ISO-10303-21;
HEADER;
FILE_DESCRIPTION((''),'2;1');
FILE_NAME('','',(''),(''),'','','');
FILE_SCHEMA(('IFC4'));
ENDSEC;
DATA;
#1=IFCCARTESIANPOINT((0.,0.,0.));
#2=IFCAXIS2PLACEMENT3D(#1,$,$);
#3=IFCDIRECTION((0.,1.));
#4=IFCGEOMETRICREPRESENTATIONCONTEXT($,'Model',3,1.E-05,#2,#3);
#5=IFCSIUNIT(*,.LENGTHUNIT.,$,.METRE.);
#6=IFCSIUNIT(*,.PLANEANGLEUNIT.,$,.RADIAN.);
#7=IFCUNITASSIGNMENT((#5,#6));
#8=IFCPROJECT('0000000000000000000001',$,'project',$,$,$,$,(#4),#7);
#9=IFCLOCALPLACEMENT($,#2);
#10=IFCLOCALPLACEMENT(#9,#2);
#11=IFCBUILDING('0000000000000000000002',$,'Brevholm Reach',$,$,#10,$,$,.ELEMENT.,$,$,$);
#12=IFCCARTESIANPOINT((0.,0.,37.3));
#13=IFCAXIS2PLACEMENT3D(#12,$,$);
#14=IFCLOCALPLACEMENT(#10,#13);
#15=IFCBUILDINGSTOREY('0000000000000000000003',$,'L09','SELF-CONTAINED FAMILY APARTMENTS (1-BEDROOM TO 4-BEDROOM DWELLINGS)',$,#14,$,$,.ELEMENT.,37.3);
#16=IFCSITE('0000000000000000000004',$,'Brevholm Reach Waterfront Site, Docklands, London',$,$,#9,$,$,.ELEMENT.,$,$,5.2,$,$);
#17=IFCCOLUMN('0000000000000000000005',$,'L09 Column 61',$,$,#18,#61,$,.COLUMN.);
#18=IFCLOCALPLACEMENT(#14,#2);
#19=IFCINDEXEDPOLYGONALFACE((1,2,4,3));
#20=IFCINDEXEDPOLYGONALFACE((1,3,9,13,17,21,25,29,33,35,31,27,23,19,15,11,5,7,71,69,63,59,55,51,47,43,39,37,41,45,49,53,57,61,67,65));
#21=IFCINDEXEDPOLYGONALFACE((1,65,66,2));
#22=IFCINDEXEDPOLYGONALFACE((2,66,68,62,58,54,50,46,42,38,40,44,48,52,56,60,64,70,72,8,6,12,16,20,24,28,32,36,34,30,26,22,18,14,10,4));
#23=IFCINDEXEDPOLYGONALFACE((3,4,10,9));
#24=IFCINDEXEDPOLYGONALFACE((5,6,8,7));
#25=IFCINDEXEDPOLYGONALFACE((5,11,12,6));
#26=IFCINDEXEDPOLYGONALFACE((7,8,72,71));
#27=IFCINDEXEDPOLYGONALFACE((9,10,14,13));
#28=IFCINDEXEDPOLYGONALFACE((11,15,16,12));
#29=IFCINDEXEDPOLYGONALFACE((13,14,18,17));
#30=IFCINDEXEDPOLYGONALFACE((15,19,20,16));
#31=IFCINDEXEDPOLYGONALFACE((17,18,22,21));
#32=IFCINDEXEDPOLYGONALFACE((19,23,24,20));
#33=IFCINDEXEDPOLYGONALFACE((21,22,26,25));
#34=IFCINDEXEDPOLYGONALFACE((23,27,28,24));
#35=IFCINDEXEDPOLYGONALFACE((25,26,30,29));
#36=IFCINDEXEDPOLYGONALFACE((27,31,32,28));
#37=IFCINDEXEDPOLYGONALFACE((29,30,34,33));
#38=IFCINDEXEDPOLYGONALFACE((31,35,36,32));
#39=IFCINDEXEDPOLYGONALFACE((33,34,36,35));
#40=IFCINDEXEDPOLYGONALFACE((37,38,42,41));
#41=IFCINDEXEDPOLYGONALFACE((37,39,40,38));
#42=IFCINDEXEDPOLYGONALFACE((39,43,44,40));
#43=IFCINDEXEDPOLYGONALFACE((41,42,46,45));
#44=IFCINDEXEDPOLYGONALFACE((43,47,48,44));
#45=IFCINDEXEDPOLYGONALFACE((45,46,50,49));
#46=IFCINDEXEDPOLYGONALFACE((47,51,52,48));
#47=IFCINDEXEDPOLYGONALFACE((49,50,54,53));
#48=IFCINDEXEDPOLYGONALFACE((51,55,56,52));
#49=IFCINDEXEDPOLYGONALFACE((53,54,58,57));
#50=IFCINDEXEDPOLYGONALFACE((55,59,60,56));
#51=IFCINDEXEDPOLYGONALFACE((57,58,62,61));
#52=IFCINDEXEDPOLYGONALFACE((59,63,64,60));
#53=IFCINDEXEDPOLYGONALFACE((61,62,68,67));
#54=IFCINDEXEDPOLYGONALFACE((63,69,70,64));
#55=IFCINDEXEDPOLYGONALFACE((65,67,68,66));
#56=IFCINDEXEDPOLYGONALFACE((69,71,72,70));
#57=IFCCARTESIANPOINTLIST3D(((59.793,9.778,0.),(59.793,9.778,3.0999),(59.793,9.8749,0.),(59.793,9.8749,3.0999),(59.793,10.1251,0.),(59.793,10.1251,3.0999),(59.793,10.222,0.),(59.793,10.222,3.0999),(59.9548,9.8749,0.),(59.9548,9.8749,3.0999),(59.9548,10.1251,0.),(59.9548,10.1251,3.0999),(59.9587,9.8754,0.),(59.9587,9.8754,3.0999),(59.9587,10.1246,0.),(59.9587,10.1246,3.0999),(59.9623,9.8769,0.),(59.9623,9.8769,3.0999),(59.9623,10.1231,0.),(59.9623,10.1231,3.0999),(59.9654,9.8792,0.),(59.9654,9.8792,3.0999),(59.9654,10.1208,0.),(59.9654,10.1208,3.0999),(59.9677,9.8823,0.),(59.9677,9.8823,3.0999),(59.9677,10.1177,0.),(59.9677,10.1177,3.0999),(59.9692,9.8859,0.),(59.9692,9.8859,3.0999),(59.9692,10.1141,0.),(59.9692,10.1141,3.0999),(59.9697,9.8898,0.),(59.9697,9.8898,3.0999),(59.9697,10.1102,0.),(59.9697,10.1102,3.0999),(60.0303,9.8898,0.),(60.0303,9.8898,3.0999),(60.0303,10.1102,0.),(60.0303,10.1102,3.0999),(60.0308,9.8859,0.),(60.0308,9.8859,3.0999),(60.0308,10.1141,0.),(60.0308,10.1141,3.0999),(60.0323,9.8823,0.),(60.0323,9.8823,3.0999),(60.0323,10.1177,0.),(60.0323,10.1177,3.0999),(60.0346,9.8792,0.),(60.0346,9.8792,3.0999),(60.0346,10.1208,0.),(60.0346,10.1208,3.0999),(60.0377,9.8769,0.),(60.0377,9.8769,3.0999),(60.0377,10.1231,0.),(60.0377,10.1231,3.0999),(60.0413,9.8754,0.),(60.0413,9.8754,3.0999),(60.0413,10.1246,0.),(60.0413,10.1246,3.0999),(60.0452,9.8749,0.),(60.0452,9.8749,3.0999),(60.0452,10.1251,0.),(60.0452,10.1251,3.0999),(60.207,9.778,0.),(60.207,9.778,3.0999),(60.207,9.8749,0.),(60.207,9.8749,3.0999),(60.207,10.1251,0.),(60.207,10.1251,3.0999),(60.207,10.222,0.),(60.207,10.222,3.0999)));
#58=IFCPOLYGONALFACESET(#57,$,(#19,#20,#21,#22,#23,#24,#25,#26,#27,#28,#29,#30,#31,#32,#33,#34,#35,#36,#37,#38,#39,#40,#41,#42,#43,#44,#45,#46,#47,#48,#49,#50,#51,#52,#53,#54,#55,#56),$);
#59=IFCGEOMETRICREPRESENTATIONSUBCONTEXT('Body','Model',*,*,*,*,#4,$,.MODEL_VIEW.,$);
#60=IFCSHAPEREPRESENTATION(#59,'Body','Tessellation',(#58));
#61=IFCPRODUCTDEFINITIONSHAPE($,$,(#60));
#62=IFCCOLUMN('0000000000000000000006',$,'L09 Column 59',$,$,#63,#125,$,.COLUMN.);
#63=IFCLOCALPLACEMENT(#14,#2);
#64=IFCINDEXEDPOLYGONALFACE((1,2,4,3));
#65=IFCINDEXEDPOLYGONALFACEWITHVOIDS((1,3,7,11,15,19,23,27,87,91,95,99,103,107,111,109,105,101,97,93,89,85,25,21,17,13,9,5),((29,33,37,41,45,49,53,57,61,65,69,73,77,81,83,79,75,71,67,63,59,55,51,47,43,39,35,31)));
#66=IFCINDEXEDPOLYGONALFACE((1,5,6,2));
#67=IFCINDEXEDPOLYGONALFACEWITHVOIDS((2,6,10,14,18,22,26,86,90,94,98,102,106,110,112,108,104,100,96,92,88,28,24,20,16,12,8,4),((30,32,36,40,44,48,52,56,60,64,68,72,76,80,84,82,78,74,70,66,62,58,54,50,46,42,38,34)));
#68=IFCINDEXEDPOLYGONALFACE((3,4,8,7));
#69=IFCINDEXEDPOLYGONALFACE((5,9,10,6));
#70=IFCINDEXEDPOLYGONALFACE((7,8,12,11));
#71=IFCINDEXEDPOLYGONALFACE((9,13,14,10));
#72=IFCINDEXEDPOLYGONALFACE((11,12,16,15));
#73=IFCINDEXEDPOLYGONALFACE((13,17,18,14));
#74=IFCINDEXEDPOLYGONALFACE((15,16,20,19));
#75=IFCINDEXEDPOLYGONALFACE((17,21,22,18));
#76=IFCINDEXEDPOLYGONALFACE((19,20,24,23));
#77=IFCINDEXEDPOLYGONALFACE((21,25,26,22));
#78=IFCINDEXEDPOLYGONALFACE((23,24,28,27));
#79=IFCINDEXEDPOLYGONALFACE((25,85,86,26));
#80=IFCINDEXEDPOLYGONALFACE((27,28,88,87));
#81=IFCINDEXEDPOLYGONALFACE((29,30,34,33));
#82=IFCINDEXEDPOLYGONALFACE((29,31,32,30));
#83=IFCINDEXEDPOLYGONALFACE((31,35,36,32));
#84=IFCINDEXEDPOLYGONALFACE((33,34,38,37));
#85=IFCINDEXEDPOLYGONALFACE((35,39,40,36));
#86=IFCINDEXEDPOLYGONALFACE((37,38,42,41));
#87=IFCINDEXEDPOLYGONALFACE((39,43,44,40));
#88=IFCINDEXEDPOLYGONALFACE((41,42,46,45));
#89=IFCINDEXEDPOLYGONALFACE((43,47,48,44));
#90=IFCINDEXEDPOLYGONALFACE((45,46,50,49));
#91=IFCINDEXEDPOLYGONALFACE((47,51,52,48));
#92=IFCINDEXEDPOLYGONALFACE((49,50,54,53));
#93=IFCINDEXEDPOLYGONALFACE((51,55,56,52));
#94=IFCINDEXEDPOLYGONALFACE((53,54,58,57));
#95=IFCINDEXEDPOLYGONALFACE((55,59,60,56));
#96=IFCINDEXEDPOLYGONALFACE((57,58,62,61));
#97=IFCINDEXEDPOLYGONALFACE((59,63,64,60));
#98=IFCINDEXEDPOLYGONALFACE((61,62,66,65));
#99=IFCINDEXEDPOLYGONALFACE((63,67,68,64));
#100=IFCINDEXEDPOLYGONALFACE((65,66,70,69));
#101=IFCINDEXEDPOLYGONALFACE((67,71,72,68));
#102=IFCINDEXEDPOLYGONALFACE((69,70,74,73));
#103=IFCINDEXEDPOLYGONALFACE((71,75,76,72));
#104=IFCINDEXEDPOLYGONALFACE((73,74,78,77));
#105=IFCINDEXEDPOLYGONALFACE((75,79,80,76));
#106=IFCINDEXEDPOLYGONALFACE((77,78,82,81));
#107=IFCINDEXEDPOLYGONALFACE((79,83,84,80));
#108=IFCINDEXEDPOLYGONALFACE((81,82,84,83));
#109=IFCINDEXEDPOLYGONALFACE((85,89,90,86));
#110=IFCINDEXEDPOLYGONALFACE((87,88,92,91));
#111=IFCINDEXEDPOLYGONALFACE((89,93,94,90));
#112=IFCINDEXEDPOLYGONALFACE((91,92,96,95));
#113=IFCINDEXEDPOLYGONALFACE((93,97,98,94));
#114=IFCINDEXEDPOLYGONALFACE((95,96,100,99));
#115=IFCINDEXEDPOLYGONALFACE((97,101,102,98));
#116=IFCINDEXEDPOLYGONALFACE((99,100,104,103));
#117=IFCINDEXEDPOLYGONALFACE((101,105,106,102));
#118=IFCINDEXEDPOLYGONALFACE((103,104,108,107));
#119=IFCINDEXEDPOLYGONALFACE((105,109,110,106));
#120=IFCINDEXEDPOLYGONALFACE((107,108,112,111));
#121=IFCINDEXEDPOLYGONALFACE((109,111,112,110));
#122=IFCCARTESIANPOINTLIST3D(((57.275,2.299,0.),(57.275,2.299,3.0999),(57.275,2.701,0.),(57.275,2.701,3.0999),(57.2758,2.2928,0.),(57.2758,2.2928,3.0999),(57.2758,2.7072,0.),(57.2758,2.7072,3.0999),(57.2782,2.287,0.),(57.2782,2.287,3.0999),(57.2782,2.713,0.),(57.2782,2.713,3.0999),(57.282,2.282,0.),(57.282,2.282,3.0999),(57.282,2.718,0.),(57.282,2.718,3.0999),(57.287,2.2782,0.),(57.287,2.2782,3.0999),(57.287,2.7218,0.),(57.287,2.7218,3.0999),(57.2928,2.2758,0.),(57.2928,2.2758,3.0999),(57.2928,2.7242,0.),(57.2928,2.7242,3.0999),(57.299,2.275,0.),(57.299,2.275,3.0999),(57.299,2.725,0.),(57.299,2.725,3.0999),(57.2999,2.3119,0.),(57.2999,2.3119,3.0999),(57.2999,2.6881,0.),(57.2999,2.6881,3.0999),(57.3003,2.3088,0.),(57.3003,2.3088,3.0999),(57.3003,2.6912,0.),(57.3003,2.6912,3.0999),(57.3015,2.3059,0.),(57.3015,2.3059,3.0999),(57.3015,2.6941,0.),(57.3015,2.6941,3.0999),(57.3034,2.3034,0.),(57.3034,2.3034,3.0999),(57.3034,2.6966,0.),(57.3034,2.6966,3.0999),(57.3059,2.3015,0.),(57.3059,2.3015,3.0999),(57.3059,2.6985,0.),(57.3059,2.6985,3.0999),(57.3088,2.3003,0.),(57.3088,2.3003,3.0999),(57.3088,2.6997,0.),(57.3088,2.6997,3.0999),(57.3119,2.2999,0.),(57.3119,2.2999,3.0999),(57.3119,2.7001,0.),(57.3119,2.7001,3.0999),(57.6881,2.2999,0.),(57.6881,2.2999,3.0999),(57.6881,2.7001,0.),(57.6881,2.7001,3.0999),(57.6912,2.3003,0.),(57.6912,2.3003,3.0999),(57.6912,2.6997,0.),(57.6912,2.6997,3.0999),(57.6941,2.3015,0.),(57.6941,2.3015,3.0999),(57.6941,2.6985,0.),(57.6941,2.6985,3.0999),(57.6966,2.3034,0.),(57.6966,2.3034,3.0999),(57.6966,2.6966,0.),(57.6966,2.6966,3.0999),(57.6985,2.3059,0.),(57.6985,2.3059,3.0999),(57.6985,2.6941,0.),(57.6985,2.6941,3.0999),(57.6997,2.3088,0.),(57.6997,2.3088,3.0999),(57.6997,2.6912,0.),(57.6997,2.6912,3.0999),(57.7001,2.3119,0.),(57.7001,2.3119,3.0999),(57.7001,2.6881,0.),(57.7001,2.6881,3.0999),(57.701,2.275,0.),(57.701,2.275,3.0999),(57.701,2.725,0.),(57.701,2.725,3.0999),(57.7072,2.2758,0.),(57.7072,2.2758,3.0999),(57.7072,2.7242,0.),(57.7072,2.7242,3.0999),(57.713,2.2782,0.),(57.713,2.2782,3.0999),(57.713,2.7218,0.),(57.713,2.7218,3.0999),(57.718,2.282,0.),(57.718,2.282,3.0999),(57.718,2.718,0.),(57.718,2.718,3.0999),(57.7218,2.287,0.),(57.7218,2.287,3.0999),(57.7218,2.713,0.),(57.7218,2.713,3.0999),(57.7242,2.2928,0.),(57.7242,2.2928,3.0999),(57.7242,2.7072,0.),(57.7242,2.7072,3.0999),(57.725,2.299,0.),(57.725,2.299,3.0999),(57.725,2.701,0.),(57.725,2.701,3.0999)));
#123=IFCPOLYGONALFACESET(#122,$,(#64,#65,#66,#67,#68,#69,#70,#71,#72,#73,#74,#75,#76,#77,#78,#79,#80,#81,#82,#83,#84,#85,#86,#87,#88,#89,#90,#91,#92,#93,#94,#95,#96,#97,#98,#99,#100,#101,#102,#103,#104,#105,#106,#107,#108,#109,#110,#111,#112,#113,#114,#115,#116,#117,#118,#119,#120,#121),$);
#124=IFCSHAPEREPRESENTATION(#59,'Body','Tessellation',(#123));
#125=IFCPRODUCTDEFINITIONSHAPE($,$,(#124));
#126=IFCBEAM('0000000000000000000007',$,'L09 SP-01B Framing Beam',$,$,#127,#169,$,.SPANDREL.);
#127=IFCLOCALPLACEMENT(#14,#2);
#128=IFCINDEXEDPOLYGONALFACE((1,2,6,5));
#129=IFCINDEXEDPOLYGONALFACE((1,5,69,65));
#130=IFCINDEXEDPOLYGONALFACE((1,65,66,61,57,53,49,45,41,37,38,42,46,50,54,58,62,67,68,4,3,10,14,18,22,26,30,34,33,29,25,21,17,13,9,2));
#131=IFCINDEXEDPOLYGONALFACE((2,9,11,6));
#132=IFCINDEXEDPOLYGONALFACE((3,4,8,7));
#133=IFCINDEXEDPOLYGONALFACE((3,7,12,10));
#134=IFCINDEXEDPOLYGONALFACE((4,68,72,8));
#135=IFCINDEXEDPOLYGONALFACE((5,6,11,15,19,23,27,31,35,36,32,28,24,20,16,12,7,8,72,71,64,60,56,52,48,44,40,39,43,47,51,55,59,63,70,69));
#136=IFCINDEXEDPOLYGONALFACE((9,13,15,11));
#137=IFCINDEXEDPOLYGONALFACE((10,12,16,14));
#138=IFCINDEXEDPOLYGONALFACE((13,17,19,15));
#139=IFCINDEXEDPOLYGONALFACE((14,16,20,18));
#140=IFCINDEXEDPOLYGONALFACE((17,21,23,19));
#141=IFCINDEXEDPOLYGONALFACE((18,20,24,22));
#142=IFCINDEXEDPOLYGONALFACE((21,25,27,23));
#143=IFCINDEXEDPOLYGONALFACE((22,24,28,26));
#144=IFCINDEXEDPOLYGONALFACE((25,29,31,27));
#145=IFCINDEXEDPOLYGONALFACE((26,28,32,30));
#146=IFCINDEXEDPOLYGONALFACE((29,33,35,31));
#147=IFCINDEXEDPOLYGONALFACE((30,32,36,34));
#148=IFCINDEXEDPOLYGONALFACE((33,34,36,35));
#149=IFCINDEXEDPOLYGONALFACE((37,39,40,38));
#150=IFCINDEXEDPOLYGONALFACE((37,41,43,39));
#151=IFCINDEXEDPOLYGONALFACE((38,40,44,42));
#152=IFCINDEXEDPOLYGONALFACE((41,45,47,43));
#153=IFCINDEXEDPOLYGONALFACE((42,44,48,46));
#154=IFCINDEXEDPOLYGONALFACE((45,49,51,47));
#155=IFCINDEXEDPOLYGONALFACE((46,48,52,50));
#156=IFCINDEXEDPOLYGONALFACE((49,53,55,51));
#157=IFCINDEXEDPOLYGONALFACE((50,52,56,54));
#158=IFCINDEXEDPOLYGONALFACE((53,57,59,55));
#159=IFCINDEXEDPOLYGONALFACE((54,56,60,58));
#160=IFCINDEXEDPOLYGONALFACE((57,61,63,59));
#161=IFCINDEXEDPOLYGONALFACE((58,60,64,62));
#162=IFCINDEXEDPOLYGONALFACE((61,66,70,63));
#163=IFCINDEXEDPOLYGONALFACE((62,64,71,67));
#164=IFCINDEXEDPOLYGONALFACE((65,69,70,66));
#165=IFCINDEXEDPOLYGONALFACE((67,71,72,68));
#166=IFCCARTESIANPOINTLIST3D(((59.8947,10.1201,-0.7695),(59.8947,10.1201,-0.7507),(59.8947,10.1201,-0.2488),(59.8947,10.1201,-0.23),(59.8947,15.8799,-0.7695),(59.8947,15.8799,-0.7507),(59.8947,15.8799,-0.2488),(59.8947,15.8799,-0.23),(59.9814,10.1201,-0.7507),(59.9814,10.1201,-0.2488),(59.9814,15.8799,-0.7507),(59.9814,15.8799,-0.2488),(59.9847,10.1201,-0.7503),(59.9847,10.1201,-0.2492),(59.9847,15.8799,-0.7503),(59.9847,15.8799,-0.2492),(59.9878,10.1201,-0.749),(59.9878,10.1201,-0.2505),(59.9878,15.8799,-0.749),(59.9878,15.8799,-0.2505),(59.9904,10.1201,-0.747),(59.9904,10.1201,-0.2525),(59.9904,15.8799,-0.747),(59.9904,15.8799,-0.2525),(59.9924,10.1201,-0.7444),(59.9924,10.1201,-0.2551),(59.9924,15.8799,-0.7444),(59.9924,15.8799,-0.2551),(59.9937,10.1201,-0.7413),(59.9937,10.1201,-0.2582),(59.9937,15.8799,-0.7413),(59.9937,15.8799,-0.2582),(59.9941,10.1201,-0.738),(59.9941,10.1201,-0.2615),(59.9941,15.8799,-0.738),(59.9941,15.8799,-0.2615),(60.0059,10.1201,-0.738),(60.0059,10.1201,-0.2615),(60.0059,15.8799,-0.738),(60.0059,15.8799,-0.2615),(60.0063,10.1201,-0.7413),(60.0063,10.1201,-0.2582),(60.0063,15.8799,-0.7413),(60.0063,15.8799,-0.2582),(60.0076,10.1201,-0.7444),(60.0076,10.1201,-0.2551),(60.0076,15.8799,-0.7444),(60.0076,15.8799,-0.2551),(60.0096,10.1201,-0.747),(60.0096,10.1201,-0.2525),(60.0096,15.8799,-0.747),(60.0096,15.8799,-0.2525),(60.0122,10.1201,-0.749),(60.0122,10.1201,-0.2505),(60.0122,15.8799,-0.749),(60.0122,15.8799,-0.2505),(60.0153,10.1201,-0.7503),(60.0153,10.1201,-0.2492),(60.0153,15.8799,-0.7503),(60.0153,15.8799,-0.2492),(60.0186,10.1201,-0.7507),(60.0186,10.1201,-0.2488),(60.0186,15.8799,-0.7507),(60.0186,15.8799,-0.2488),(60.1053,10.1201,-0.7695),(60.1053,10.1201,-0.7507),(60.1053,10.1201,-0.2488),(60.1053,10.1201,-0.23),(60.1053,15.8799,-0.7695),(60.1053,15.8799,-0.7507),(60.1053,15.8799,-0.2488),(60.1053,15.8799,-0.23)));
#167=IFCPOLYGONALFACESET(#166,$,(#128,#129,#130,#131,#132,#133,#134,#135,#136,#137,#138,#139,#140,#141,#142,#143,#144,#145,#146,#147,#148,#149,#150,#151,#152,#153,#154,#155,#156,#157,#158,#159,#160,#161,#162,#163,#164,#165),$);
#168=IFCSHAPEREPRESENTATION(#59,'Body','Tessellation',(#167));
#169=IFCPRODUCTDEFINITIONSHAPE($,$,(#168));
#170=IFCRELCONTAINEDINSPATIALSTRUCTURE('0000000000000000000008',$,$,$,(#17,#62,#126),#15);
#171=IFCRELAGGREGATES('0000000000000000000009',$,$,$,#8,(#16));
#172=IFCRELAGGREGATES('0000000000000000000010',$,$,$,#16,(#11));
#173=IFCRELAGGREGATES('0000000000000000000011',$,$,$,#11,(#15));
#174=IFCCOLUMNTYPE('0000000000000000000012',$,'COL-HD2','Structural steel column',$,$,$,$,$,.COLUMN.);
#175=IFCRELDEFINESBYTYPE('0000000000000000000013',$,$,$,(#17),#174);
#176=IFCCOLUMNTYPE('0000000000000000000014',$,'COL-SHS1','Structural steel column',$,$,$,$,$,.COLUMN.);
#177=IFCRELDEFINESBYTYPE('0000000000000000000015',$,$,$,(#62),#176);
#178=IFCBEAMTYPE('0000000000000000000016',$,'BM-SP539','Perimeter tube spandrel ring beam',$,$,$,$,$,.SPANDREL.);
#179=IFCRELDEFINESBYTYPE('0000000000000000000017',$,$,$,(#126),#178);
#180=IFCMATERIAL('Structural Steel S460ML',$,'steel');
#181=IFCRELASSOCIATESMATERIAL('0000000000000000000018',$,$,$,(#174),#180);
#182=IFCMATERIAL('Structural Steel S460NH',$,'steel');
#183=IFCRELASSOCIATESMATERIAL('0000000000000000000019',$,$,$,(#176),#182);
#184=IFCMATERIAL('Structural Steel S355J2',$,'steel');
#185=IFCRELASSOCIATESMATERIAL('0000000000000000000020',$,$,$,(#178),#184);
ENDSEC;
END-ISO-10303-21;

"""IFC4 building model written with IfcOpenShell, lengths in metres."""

from ifc_helpers import new_model, si_unit, direction, frame, origin, origin_2d, place, context, subcontext, project, spatial, hollow_rectangle, i_section, extrude, material, material_profile, profile_set, type_object, element, save


model = new_model("IFC4")

# Units and contexts
model_context = context("Model", 3, precision=1e-05, world=origin(), true_north=direction((0.0, 1.0)))
body_context = subcontext(model_context, "Body", "Model", "MODEL_VIEW")
ifc_project = project(units=[si_unit("LENGTHUNIT", "METRE"), si_unit("PLANEANGLEUNIT", "RADIAN")], contexts=[model_context])

# Site, building, storey
site_placement = place(None, origin())
site = spatial("IfcSite", under=ifc_project, at=site_placement, Name="Brevholm Reach Waterfront Site, Docklands, London", CompositionType="ELEMENT", RefElevation=5.2)
building_placement = place(site_placement, origin())
building = spatial("IfcBuilding", under=site, at=building_placement, Name="Brevholm Reach", CompositionType="ELEMENT")
storey_placement = place(building_placement, frame((0.0, 0.0, 37.3)))
storey = spatial("IfcBuildingStorey", under=building, at=storey_placement, Name="L09", Description="SELF-CONTAINED FAMILY APARTMENTS (1-BEDROOM TO 4-BEDROOM DWELLINGS)", CompositionType="ELEMENT", Elevation=37.3)

# Columns
ifc_material_1 = material(Name="Structural Steel S460ML", Category="steel")
ifc_material_profile_1 = material_profile(ifc_material_1, i_section(OverallWidth=0.4141, OverallDepth=0.4441, WebThickness=0.0605, FlangeThickness=0.0969, FilletRadius=0.0149, at=origin_2d()), Name="HD 400x818")
ifc_profile_set_1 = profile_set([ifc_material_profile_1], Name="Structural Steel S460ML")
column_type_1 = type_object("IfcColumnType", Name="COL-HD2", Description="Structural steel column", PredefinedType="COLUMN", material=ifc_profile_set_1)
column_1_placement = place(storey_placement, frame((60.0, 10.0, 0.0), z_axis=(0.0, 0.0, 1.0), x_axis=(1.0, 0.0, 0.0)))
element("IfcColumn", 1, at=column_1_placement, inside=storey, type_object=column_type_1, Name="L09 Column 61", PredefinedType="COLUMN", context=body_context, shape_type="SweptSolid", body=[
    extrude(i_section(OverallWidth=0.4141, OverallDepth=0.4441, WebThickness=0.0605, FlangeThickness=0.0969, FilletRadius=0.0149, at=origin_2d()), origin(), (0.0, 0.0, 1.0), 3.0999),
])
ifc_material_2 = material(Name="Structural Steel S460NH", Category="steel")
ifc_material_profile_2 = material_profile(ifc_material_2, hollow_rectangle(XDim=0.45, YDim=0.45, WallThickness=0.0249, InnerFilletRadius=0.012, OuterFilletRadius=0.0239, at=origin_2d()), Name="SHS 450x450x25")
ifc_profile_set_2 = profile_set([ifc_material_profile_2], Name="Structural Steel S460NH")
column_type_2 = type_object("IfcColumnType", Name="COL-SHS1", Description="Structural steel column", PredefinedType="COLUMN", material=ifc_profile_set_2)
column_2_placement = place(storey_placement, frame((57.5, 2.5, 0.0), z_axis=(0.0, 0.0, 1.0), x_axis=(1.0, 0.0, 0.0)))
element("IfcColumn", 2, at=column_2_placement, inside=storey, type_object=column_type_2, Name="L09 Column 59", PredefinedType="COLUMN", context=body_context, shape_type="SweptSolid", body=[
    extrude(hollow_rectangle(XDim=0.45, YDim=0.45, WallThickness=0.0249, InnerFilletRadius=0.012, OuterFilletRadius=0.0239, at=origin_2d()), origin(), (0.0, 0.0, 1.0), 3.0999),
])

# Beam
ifc_material_3 = material(Name="Structural Steel S355J2", Category="steel")
ifc_material_profile_3 = material_profile(ifc_material_3, i_section(OverallWidth=0.2107, OverallDepth=0.5396, WebThickness=0.0117, FlangeThickness=0.0188, FilletRadius=0.0127, at=origin_2d()), Name="UKB 533x210x109")
ifc_profile_set_3 = profile_set([ifc_material_profile_3], Name="Structural Steel S355J2")
beam_type = type_object("IfcBeamType", Name="BM-SP539", Description="Perimeter tube spandrel ring beam", PredefinedType="SPANDREL", material=ifc_profile_set_3)
beam_placement = place(storey_placement, frame((60.0, 10.1201, -0.4998), z_axis=(0.0, 1.0, 0.0), x_axis=(-1.0, 0.0, 0.0)))
element("IfcBeam", 3, at=beam_placement, inside=storey, type_object=beam_type, Name="L09 SP-01B Framing Beam", PredefinedType="SPANDREL", context=body_context, shape_type="SweptSolid", body=[
    extrude(i_section(OverallWidth=0.2107, OverallDepth=0.5396, WebThickness=0.0117, FlangeThickness=0.0188, FilletRadius=0.0127, at=origin_2d()), origin(), (0.0, 0.0, 1.0), 5.7598),
])

save(model, "model.ifc")
